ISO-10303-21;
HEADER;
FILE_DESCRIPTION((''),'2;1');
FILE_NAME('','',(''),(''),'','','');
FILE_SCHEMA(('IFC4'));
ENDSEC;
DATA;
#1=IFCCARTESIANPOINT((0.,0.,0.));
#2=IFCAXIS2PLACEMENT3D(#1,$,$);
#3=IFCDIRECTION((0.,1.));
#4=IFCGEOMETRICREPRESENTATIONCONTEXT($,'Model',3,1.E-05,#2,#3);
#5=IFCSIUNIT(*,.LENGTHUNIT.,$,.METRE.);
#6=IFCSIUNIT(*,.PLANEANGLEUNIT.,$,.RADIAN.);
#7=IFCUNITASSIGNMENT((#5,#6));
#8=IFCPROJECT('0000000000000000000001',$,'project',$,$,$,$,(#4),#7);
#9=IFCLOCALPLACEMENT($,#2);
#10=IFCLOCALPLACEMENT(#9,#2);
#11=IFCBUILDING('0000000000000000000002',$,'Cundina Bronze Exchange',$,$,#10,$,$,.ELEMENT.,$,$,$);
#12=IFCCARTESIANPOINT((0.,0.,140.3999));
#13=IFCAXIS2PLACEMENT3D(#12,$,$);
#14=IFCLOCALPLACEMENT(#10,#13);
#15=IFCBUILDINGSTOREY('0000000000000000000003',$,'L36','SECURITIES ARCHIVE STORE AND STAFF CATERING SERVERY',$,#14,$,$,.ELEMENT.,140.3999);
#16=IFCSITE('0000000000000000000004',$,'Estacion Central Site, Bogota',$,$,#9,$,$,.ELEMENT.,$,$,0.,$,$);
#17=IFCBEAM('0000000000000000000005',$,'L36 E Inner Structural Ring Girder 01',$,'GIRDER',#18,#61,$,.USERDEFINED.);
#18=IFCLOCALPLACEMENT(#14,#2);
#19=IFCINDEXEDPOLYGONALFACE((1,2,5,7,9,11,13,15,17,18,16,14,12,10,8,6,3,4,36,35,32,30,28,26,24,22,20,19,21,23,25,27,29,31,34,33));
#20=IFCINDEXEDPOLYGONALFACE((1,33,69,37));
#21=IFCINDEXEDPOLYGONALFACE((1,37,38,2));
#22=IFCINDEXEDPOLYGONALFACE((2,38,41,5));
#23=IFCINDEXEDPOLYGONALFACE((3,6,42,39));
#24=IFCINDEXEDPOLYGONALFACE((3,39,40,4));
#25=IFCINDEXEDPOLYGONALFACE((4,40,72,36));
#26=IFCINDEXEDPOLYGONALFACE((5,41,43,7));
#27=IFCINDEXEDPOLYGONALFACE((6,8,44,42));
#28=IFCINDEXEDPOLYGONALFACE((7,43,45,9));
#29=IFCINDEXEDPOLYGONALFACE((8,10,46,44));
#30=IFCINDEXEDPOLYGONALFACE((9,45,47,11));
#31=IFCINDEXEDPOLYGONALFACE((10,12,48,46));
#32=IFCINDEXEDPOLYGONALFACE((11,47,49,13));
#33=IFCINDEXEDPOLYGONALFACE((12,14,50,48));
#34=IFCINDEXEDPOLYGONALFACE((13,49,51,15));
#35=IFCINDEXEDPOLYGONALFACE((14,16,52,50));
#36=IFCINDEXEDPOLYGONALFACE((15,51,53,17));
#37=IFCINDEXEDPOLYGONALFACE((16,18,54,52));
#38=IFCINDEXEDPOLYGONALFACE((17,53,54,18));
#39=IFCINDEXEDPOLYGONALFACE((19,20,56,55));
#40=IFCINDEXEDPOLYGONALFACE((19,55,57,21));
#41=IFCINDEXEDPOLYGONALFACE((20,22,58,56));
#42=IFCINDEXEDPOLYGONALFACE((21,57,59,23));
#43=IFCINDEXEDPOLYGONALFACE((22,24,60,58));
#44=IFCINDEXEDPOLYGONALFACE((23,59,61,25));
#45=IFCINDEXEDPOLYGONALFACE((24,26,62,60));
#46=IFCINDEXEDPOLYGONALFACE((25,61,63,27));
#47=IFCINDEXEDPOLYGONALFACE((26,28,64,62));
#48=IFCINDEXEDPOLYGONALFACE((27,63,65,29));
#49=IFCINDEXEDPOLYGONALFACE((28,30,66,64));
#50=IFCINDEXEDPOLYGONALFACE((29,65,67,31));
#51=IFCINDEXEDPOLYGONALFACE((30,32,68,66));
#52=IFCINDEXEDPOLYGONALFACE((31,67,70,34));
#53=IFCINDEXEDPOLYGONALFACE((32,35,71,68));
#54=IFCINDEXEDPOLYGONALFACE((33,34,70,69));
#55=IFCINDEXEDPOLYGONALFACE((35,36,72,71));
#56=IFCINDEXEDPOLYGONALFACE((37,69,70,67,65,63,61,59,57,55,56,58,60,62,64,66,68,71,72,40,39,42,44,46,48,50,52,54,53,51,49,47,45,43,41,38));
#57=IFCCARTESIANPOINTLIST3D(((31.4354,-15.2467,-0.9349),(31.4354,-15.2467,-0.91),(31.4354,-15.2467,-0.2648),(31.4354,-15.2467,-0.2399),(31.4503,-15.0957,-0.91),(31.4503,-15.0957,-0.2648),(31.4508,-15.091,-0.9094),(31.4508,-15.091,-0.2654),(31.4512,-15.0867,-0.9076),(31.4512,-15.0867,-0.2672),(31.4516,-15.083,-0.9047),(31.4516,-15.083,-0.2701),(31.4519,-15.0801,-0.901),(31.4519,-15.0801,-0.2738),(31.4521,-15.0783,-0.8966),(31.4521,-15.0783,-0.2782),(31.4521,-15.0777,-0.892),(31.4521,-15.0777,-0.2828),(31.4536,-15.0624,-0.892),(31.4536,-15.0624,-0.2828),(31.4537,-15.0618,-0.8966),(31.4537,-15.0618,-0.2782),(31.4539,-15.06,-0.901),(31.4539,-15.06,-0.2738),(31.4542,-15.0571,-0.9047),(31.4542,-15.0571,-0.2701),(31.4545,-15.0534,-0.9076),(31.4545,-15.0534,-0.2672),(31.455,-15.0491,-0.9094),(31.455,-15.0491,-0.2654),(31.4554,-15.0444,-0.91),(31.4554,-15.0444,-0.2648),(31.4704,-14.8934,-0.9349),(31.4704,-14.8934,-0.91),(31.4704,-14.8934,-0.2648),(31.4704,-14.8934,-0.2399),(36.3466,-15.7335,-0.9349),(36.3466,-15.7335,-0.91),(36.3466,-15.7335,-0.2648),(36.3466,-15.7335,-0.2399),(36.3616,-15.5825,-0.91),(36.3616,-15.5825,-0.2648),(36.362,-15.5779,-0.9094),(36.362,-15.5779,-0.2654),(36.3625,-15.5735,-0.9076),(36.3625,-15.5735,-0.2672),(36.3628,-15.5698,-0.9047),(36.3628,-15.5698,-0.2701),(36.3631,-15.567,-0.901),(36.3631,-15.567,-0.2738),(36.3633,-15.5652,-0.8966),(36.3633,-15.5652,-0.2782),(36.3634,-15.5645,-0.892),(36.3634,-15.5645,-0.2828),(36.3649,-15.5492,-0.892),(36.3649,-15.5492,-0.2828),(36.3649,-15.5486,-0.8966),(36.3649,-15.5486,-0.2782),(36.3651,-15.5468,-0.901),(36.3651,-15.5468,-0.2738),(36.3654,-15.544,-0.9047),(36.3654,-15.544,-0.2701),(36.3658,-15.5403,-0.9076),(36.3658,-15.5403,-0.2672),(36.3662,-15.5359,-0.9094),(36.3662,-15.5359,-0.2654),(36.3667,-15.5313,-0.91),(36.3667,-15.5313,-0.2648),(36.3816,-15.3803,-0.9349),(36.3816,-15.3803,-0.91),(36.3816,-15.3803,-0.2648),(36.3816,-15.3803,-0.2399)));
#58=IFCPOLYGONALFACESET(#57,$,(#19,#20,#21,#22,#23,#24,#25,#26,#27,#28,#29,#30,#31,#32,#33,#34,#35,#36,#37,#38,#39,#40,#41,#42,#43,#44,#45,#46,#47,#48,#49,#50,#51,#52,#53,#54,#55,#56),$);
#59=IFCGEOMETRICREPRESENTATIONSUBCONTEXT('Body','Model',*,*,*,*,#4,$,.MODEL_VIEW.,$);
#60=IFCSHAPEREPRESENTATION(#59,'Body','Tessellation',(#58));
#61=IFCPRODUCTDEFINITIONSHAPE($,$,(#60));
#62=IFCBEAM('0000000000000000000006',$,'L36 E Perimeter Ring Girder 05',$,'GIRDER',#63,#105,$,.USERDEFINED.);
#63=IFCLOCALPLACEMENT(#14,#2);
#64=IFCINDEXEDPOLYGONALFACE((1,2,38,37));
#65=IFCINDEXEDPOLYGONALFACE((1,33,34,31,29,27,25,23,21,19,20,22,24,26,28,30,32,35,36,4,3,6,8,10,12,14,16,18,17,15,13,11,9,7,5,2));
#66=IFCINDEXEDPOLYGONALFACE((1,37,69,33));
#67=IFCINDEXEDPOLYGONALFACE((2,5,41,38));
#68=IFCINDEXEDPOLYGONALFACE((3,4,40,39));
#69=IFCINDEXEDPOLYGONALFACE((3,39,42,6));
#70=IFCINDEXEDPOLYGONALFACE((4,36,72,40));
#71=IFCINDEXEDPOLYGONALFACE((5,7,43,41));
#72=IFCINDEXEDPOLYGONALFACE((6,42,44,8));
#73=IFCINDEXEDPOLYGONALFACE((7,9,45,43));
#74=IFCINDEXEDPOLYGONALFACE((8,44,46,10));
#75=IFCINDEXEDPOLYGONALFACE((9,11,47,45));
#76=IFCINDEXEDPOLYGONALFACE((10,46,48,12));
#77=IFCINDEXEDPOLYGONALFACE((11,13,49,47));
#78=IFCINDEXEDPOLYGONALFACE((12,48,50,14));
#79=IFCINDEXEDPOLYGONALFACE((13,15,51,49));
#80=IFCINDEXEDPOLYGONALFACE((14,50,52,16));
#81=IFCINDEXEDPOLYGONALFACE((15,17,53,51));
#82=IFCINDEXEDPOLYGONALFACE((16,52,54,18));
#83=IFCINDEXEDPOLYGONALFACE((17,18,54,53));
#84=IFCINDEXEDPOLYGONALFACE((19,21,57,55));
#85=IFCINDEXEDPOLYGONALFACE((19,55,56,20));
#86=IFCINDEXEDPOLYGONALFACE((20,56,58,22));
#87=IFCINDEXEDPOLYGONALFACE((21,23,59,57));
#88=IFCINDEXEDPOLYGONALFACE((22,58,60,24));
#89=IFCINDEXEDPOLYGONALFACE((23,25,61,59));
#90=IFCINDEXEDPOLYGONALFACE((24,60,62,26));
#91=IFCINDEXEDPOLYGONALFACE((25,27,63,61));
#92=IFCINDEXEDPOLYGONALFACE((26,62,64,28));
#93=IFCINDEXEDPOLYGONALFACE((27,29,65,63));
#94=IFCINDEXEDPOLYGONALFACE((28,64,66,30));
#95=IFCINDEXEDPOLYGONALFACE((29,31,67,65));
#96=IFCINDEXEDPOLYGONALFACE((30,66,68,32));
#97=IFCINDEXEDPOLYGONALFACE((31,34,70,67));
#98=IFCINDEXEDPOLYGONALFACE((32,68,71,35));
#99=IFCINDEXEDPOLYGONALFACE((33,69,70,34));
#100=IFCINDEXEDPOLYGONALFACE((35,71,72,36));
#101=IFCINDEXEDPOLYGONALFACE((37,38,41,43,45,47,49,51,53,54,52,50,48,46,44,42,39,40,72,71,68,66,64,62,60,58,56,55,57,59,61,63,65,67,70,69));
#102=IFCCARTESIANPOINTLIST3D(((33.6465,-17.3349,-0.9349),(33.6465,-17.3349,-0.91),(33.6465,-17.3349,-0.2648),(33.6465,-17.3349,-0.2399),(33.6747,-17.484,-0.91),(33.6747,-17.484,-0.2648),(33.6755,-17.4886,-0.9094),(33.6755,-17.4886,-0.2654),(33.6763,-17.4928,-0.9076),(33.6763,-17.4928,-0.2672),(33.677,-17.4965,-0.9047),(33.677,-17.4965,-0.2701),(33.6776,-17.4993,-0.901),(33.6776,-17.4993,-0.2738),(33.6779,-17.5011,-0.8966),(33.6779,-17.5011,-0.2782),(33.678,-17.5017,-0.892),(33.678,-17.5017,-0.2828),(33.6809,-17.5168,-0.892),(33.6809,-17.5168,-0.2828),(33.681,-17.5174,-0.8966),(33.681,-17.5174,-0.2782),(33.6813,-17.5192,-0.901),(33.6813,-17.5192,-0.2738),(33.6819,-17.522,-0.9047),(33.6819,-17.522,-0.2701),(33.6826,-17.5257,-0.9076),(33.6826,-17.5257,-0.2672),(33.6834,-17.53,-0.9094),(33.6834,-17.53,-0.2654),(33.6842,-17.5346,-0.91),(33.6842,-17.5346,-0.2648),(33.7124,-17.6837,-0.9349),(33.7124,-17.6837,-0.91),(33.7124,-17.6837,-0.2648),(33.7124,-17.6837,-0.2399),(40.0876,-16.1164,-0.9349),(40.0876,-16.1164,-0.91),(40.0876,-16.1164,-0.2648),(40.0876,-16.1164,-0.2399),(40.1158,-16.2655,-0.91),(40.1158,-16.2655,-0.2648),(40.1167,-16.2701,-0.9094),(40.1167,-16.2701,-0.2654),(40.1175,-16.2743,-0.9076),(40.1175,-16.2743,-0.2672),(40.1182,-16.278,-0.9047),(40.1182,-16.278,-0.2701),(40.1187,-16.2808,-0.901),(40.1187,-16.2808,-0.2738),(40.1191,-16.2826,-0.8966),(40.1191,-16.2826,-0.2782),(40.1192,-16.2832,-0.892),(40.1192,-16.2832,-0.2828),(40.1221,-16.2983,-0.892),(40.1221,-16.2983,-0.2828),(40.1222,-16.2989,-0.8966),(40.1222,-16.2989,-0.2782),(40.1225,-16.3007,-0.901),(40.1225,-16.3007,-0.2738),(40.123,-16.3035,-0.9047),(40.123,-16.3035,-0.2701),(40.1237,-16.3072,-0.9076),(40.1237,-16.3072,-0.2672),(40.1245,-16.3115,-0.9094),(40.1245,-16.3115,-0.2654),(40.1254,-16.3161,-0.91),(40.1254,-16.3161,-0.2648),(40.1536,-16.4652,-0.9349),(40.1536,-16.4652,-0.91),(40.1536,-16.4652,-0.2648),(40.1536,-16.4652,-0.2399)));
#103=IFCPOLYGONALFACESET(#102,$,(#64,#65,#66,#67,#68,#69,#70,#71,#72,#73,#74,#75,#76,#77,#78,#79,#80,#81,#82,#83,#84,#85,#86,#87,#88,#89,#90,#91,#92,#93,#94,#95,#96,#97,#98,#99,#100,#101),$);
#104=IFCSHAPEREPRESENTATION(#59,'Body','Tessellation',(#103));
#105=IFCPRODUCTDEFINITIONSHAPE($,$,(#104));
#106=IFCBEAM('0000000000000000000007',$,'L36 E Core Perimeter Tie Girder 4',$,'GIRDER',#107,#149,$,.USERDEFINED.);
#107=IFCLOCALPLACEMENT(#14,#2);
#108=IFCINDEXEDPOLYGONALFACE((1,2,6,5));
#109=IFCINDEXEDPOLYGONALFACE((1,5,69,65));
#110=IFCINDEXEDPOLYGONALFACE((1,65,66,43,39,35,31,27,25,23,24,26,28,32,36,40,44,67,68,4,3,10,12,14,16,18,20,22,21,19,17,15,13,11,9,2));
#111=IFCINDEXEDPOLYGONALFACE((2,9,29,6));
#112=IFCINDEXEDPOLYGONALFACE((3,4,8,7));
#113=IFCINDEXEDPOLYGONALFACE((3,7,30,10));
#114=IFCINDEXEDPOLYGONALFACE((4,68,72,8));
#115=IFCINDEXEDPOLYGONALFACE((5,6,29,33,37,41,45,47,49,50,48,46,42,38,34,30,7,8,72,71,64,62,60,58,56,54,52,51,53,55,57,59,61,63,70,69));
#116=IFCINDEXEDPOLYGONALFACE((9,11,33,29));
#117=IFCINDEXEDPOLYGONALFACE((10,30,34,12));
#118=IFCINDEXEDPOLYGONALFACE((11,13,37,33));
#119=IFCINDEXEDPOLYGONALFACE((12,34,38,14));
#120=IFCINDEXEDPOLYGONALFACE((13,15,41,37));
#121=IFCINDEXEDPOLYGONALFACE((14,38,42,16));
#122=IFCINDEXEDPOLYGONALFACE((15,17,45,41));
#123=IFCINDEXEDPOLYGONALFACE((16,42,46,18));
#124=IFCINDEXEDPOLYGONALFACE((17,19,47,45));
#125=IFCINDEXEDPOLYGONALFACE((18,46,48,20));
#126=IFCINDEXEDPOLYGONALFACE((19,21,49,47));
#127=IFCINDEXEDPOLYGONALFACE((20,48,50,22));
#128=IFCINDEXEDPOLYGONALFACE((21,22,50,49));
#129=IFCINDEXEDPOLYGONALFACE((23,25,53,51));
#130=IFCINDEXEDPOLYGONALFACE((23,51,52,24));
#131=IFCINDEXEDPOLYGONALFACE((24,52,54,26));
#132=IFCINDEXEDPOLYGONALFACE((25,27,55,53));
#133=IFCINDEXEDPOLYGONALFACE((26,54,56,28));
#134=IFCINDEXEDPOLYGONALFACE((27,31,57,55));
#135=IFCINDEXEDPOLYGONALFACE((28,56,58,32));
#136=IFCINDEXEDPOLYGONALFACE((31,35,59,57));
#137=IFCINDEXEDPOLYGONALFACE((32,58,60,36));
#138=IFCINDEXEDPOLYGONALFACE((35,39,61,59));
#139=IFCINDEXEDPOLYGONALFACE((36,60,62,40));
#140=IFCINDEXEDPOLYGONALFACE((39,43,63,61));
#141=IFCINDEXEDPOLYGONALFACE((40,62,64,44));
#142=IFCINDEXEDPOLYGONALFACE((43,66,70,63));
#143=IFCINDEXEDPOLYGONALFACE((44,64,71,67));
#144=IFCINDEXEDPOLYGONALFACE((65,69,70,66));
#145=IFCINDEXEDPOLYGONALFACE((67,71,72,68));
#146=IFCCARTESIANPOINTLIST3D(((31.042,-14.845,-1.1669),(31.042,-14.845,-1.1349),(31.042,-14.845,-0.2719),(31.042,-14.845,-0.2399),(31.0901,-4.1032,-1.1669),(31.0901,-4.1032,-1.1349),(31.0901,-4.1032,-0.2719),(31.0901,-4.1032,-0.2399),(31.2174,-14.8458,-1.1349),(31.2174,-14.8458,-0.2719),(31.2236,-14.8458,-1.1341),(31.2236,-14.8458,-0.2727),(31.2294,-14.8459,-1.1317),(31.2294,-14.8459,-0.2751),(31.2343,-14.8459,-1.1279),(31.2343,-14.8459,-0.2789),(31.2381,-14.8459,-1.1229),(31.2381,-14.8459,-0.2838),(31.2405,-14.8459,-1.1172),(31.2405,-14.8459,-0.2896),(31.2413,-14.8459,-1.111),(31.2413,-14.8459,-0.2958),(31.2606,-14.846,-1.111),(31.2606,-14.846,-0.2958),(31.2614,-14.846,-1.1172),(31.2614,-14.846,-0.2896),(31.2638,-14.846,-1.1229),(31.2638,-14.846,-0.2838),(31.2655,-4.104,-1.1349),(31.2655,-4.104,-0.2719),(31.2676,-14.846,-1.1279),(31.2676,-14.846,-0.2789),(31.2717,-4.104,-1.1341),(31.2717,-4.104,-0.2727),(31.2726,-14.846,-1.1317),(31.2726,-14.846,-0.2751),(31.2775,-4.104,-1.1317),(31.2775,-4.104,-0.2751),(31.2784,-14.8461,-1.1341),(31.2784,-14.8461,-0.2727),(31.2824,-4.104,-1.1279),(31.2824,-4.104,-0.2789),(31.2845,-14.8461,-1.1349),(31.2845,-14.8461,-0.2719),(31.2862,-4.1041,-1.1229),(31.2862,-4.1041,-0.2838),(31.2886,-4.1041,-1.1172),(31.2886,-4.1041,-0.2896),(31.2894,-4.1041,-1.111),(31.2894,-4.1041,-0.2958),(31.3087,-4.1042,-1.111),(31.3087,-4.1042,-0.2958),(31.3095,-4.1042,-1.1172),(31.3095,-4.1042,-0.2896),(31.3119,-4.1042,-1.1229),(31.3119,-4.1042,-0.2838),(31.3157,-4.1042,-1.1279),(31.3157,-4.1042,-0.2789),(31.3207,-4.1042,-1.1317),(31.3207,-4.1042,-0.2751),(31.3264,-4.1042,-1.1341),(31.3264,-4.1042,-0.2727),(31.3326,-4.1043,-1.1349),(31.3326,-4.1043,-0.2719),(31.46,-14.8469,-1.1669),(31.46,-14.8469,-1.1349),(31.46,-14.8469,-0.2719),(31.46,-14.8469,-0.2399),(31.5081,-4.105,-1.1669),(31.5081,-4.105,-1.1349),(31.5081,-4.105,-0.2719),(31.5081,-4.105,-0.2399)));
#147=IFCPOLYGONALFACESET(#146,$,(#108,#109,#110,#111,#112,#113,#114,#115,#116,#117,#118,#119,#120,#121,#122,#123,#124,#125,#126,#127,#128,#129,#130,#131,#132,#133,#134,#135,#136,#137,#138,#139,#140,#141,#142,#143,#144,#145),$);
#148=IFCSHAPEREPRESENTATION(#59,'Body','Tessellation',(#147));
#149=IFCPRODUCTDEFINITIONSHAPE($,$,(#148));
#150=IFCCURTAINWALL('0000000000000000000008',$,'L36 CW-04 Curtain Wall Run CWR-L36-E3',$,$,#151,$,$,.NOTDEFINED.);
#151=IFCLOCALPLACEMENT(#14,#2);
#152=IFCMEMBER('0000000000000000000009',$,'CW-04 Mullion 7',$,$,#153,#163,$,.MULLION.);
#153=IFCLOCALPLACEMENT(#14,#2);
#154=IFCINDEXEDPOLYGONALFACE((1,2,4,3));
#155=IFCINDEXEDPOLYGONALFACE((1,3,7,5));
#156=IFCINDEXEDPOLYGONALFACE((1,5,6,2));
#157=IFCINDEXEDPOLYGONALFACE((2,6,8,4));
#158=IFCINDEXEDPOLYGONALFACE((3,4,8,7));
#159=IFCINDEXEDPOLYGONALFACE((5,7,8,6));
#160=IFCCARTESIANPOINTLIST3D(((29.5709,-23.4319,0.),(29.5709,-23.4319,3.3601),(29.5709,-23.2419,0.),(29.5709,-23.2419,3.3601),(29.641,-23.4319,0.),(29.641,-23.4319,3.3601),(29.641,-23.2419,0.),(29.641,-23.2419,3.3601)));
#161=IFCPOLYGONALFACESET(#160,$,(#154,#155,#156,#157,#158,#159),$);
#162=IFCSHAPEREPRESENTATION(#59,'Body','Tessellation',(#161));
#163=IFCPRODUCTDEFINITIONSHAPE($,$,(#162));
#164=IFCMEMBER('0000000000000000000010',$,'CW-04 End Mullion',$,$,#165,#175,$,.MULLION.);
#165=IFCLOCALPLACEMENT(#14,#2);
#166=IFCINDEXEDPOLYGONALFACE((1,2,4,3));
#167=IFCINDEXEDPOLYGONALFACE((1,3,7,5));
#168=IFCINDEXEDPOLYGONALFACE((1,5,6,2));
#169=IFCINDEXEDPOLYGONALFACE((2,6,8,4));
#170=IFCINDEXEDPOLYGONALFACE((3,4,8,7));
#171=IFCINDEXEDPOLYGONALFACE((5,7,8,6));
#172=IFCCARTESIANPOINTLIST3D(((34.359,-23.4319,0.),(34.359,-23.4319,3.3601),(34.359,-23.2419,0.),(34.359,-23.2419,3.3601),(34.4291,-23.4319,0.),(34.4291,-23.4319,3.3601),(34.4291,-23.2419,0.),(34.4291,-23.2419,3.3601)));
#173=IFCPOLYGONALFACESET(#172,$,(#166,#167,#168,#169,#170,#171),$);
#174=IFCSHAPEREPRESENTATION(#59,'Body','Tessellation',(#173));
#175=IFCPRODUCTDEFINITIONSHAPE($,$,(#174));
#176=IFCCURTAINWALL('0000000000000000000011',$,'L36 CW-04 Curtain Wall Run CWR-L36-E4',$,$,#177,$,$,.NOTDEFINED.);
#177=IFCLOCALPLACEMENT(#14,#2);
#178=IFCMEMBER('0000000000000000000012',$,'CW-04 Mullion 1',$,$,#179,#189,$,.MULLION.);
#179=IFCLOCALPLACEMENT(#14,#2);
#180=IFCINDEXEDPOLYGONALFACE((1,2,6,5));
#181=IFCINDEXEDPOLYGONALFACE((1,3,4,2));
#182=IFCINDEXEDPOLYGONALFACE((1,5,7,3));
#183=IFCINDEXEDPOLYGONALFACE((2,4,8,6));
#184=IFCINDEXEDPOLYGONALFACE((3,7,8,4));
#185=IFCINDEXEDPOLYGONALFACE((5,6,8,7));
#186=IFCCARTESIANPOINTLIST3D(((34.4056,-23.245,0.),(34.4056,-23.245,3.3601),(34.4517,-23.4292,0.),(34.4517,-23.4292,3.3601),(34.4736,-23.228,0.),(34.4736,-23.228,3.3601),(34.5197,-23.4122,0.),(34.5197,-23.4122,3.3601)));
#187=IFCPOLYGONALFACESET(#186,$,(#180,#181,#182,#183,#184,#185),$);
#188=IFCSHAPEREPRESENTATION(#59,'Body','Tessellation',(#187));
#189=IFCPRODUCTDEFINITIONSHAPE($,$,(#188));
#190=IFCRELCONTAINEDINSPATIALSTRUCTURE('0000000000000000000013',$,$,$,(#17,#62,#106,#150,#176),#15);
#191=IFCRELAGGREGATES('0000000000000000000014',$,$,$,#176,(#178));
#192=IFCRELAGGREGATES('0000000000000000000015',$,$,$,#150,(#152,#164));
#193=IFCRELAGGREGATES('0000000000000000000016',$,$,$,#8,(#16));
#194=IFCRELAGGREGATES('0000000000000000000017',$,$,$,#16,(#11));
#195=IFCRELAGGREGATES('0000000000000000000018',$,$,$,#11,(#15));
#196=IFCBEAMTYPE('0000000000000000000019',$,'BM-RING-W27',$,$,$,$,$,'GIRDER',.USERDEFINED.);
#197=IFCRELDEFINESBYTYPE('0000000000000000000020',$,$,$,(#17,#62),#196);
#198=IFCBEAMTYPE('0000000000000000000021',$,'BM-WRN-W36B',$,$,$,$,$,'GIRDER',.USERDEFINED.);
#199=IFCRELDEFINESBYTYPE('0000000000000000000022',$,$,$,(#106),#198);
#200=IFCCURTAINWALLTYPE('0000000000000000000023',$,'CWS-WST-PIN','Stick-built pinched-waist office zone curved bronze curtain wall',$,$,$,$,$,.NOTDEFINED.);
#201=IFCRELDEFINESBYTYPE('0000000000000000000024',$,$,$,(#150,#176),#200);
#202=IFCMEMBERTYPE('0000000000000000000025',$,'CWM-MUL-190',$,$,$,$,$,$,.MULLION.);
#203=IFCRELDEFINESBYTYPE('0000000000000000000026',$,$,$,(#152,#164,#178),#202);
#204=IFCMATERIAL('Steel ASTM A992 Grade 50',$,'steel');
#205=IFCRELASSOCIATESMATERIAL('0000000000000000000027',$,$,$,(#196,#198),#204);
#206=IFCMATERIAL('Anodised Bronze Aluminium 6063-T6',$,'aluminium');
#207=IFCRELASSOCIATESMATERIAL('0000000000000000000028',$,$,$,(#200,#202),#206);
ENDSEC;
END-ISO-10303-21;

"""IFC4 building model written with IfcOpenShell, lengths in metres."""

from ifc_helpers import new_model, si_unit, direction, frame, origin, origin_2d, place, context, subcontext, project, spatial, rectangle, i_section, extrude, material, material_profile, profile_set, type_object, element, aggregate, save


model = new_model("IFC4")

# Units and contexts
model_context = context("Model", 3, precision=1e-05, world=origin(), true_north=direction((0.0, 1.0)))
body_context = subcontext(model_context, "Body", "Model", "MODEL_VIEW")
ifc_project = project(units=[si_unit("LENGTHUNIT", "METRE"), si_unit("PLANEANGLEUNIT", "RADIAN")], contexts=[model_context])

# Site, building, storey
site_placement = place(None, origin())
site = spatial("IfcSite", under=ifc_project, at=site_placement, Name="Estacion Central Site, Bogota", CompositionType="ELEMENT", RefElevation=0.0)
building_placement = place(site_placement, origin())
building = spatial("IfcBuilding", under=site, at=building_placement, Name="Cundina Bronze Exchange", CompositionType="ELEMENT")
storey_placement = place(building_placement, frame((0.0, 0.0, 140.3999)))
storey = spatial("IfcBuildingStorey", under=building, at=storey_placement, Name="L36", Description="SECURITIES ARCHIVE STORE AND STAFF CATERING SERVERY", CompositionType="ELEMENT", Elevation=140.3999)

# Shared definitions
ifc_material_1 = material(Name="Steel ASTM A992 Grade 50", Category="steel")

# Beams
ifc_material_profile_1 = material_profile(ifc_material_1, i_section(OverallWidth=0.355, OverallDepth=0.6951, WebThickness=0.0154, FlangeThickness=0.0249, FilletRadius=0.0181, at=origin_2d()), Name="W27X146", Category="steel")
ifc_profile_set_1 = profile_set([ifc_material_profile_1], Name="Steel ASTM A992 Grade 50")
beam_type_1 = type_object("IfcBeamType", Name="BM-RING-W27", ElementType="GIRDER", PredefinedType="USERDEFINED", material=ifc_profile_set_1)
beam_1_placement = place(storey_placement, frame((31.4529, -15.0701, -0.5874), z_axis=(0.995123, -0.098642, 0.0), x_axis=(0.098642, 0.995123, 0.0)))
element("IfcBeam", 1, at=beam_1_placement, inside=storey, type_object=beam_type_1, Name="L36 E Inner Structural Ring Girder 01", ObjectType="GIRDER", PredefinedType="USERDEFINED", context=body_context, shape_type="SweptSolid", body=[
    extrude(i_section(OverallWidth=0.355, OverallDepth=0.6951, WebThickness=0.0154, FlangeThickness=0.0249, FilletRadius=0.0181, at=origin_2d()), origin(), (0.0, 0.0, 1.0), 4.9353),
])
beam_2_placement = place(storey_placement, frame((33.6794, -17.5093, -0.5874), z_axis=(0.982573, 0.185878, 0.0), x_axis=(-0.185878, 0.982573, 0.0)))
element("IfcBeam", 2, at=beam_2_placement, inside=storey, type_object=beam_type_1, Name="L36 E Perimeter Ring Girder 05", ObjectType="GIRDER", PredefinedType="USERDEFINED", context=body_context, shape_type="SweptSolid", body=[
    extrude(i_section(OverallWidth=0.355, OverallDepth=0.6951, WebThickness=0.0154, FlangeThickness=0.0249, FilletRadius=0.0181, at=origin_2d()), origin(), (0.0, 0.0, 1.0), 6.5554),
])
ifc_material_profile_2 = material_profile(ifc_material_1, i_section(OverallWidth=0.418, OverallDepth=0.927, WebThickness=0.0193, FlangeThickness=0.032, FilletRadius=0.0239, at=origin_2d()), Name="W36X231", Category="steel")
ifc_profile_set_2 = profile_set([ifc_material_profile_2], Name="Steel ASTM A992 Grade 50")
beam_type_2 = type_object("IfcBeamType", Name="BM-WRN-W36B", ElementType="GIRDER", PredefinedType="USERDEFINED", material=ifc_profile_set_2)
beam_3_placement = place(storey_placement, frame((31.251, -14.8459, -0.7034), z_axis=(0.004477, 0.99999, 0.0), x_axis=(-0.99999, 0.004477, 0.0)))
element("IfcBeam", 3, at=beam_3_placement, inside=storey, type_object=beam_type_2, Name="L36 E Core Perimeter Tie Girder 4", ObjectType="GIRDER", PredefinedType="USERDEFINED", context=body_context, shape_type="SweptSolid", body=[
    extrude(i_section(OverallWidth=0.418, OverallDepth=0.927, WebThickness=0.0193, FlangeThickness=0.032, FilletRadius=0.0239, at=origin_2d()), origin(), (0.0, 0.0, 1.0), 10.7419),
])

# Curtain wall, members
ifc_material_2 = material(Name="Anodised Bronze Aluminium 6063-T6", Category="aluminium")
curtain_wall_type = type_object("IfcCurtainWallType", Name="CWS-WST-PIN", Description="Stick-built pinched-waist office zone curved bronze curtain wall", PredefinedType="NOTDEFINED", material=ifc_material_2)
curtain_wall_1_placement = place(storey_placement, origin())
curtain_wall_1 = element("IfcCurtainWall", 4, at=curtain_wall_1_placement, inside=storey, type_object=curtain_wall_type, Name="L36 CW-04 Curtain Wall Run CWR-L36-E3", PredefinedType="NOTDEFINED")
ifc_material_profile_3 = material_profile(ifc_material_2, rectangle(XDim=0.0701, YDim=0.1899, at=origin_2d()), Name="AL70X190", Category="aluminium")
ifc_profile_set_3 = profile_set([ifc_material_profile_3], Name="Anodised Bronze Aluminium 6063-T6")
member_type_1 = type_object("IfcMemberType", Name="CWM-MUL-190", PredefinedType="MULLION", material=ifc_profile_set_3)
member_1_placement = place(storey_placement, frame((29.606, -23.3369, 0.0), z_axis=(0.0, 0.0, 1.0), x_axis=(1.0, 0.0, 0.0)))
member_1 = element("IfcMember", 5, at=member_1_placement, type_object=member_type_1, Name="CW-04 Mullion 7", PredefinedType="MULLION", context=body_context, shape_type="SweptSolid", body=[
    extrude(rectangle(XDim=0.0701, YDim=0.1899, at=origin_2d()), origin(), (0.0, 0.0, 1.0), 3.3601),
])
member_2_placement = place(storey_placement, frame((34.394, -23.3369, 0.0), z_axis=(0.0, 0.0, 1.0), x_axis=(1.0, 0.0, 0.0)))
member_2 = element("IfcMember", 6, at=member_2_placement, type_object=member_type_1, Name="CW-04 End Mullion", PredefinedType="MULLION", context=body_context, shape_type="SweptSolid", body=[
    extrude(rectangle(XDim=0.0701, YDim=0.1899, at=origin_2d()), origin(), (0.0, 0.0, 1.0), 3.3601),
])

# Curtain wall, member
curtain_wall_2_placement = place(storey_placement, origin())
curtain_wall_2 = element("IfcCurtainWall", 7, at=curtain_wall_2_placement, inside=storey, type_object=curtain_wall_type, Name="L36 CW-04 Curtain Wall Run CWR-L36-E4", PredefinedType="NOTDEFINED")
member_3_placement = place(storey_placement, frame((34.4626, -23.3286, 0.0), z_axis=(0.0, 0.0, 1.0), x_axis=(0.970084, 0.242769, 0.0)))
member_3 = element("IfcMember", 8, at=member_3_placement, type_object=member_type_1, Name="CW-04 Mullion 1", PredefinedType="MULLION", context=body_context, shape_type="SweptSolid", body=[
    extrude(rectangle(XDim=0.0701, YDim=0.1899, at=origin_2d()), origin(), (0.0, 0.0, 1.0), 3.3601),
])

aggregate(curtain_wall_2, [member_3])

aggregate(curtain_wall_1, [member_1, member_2])

save(model, "model.ifc")
